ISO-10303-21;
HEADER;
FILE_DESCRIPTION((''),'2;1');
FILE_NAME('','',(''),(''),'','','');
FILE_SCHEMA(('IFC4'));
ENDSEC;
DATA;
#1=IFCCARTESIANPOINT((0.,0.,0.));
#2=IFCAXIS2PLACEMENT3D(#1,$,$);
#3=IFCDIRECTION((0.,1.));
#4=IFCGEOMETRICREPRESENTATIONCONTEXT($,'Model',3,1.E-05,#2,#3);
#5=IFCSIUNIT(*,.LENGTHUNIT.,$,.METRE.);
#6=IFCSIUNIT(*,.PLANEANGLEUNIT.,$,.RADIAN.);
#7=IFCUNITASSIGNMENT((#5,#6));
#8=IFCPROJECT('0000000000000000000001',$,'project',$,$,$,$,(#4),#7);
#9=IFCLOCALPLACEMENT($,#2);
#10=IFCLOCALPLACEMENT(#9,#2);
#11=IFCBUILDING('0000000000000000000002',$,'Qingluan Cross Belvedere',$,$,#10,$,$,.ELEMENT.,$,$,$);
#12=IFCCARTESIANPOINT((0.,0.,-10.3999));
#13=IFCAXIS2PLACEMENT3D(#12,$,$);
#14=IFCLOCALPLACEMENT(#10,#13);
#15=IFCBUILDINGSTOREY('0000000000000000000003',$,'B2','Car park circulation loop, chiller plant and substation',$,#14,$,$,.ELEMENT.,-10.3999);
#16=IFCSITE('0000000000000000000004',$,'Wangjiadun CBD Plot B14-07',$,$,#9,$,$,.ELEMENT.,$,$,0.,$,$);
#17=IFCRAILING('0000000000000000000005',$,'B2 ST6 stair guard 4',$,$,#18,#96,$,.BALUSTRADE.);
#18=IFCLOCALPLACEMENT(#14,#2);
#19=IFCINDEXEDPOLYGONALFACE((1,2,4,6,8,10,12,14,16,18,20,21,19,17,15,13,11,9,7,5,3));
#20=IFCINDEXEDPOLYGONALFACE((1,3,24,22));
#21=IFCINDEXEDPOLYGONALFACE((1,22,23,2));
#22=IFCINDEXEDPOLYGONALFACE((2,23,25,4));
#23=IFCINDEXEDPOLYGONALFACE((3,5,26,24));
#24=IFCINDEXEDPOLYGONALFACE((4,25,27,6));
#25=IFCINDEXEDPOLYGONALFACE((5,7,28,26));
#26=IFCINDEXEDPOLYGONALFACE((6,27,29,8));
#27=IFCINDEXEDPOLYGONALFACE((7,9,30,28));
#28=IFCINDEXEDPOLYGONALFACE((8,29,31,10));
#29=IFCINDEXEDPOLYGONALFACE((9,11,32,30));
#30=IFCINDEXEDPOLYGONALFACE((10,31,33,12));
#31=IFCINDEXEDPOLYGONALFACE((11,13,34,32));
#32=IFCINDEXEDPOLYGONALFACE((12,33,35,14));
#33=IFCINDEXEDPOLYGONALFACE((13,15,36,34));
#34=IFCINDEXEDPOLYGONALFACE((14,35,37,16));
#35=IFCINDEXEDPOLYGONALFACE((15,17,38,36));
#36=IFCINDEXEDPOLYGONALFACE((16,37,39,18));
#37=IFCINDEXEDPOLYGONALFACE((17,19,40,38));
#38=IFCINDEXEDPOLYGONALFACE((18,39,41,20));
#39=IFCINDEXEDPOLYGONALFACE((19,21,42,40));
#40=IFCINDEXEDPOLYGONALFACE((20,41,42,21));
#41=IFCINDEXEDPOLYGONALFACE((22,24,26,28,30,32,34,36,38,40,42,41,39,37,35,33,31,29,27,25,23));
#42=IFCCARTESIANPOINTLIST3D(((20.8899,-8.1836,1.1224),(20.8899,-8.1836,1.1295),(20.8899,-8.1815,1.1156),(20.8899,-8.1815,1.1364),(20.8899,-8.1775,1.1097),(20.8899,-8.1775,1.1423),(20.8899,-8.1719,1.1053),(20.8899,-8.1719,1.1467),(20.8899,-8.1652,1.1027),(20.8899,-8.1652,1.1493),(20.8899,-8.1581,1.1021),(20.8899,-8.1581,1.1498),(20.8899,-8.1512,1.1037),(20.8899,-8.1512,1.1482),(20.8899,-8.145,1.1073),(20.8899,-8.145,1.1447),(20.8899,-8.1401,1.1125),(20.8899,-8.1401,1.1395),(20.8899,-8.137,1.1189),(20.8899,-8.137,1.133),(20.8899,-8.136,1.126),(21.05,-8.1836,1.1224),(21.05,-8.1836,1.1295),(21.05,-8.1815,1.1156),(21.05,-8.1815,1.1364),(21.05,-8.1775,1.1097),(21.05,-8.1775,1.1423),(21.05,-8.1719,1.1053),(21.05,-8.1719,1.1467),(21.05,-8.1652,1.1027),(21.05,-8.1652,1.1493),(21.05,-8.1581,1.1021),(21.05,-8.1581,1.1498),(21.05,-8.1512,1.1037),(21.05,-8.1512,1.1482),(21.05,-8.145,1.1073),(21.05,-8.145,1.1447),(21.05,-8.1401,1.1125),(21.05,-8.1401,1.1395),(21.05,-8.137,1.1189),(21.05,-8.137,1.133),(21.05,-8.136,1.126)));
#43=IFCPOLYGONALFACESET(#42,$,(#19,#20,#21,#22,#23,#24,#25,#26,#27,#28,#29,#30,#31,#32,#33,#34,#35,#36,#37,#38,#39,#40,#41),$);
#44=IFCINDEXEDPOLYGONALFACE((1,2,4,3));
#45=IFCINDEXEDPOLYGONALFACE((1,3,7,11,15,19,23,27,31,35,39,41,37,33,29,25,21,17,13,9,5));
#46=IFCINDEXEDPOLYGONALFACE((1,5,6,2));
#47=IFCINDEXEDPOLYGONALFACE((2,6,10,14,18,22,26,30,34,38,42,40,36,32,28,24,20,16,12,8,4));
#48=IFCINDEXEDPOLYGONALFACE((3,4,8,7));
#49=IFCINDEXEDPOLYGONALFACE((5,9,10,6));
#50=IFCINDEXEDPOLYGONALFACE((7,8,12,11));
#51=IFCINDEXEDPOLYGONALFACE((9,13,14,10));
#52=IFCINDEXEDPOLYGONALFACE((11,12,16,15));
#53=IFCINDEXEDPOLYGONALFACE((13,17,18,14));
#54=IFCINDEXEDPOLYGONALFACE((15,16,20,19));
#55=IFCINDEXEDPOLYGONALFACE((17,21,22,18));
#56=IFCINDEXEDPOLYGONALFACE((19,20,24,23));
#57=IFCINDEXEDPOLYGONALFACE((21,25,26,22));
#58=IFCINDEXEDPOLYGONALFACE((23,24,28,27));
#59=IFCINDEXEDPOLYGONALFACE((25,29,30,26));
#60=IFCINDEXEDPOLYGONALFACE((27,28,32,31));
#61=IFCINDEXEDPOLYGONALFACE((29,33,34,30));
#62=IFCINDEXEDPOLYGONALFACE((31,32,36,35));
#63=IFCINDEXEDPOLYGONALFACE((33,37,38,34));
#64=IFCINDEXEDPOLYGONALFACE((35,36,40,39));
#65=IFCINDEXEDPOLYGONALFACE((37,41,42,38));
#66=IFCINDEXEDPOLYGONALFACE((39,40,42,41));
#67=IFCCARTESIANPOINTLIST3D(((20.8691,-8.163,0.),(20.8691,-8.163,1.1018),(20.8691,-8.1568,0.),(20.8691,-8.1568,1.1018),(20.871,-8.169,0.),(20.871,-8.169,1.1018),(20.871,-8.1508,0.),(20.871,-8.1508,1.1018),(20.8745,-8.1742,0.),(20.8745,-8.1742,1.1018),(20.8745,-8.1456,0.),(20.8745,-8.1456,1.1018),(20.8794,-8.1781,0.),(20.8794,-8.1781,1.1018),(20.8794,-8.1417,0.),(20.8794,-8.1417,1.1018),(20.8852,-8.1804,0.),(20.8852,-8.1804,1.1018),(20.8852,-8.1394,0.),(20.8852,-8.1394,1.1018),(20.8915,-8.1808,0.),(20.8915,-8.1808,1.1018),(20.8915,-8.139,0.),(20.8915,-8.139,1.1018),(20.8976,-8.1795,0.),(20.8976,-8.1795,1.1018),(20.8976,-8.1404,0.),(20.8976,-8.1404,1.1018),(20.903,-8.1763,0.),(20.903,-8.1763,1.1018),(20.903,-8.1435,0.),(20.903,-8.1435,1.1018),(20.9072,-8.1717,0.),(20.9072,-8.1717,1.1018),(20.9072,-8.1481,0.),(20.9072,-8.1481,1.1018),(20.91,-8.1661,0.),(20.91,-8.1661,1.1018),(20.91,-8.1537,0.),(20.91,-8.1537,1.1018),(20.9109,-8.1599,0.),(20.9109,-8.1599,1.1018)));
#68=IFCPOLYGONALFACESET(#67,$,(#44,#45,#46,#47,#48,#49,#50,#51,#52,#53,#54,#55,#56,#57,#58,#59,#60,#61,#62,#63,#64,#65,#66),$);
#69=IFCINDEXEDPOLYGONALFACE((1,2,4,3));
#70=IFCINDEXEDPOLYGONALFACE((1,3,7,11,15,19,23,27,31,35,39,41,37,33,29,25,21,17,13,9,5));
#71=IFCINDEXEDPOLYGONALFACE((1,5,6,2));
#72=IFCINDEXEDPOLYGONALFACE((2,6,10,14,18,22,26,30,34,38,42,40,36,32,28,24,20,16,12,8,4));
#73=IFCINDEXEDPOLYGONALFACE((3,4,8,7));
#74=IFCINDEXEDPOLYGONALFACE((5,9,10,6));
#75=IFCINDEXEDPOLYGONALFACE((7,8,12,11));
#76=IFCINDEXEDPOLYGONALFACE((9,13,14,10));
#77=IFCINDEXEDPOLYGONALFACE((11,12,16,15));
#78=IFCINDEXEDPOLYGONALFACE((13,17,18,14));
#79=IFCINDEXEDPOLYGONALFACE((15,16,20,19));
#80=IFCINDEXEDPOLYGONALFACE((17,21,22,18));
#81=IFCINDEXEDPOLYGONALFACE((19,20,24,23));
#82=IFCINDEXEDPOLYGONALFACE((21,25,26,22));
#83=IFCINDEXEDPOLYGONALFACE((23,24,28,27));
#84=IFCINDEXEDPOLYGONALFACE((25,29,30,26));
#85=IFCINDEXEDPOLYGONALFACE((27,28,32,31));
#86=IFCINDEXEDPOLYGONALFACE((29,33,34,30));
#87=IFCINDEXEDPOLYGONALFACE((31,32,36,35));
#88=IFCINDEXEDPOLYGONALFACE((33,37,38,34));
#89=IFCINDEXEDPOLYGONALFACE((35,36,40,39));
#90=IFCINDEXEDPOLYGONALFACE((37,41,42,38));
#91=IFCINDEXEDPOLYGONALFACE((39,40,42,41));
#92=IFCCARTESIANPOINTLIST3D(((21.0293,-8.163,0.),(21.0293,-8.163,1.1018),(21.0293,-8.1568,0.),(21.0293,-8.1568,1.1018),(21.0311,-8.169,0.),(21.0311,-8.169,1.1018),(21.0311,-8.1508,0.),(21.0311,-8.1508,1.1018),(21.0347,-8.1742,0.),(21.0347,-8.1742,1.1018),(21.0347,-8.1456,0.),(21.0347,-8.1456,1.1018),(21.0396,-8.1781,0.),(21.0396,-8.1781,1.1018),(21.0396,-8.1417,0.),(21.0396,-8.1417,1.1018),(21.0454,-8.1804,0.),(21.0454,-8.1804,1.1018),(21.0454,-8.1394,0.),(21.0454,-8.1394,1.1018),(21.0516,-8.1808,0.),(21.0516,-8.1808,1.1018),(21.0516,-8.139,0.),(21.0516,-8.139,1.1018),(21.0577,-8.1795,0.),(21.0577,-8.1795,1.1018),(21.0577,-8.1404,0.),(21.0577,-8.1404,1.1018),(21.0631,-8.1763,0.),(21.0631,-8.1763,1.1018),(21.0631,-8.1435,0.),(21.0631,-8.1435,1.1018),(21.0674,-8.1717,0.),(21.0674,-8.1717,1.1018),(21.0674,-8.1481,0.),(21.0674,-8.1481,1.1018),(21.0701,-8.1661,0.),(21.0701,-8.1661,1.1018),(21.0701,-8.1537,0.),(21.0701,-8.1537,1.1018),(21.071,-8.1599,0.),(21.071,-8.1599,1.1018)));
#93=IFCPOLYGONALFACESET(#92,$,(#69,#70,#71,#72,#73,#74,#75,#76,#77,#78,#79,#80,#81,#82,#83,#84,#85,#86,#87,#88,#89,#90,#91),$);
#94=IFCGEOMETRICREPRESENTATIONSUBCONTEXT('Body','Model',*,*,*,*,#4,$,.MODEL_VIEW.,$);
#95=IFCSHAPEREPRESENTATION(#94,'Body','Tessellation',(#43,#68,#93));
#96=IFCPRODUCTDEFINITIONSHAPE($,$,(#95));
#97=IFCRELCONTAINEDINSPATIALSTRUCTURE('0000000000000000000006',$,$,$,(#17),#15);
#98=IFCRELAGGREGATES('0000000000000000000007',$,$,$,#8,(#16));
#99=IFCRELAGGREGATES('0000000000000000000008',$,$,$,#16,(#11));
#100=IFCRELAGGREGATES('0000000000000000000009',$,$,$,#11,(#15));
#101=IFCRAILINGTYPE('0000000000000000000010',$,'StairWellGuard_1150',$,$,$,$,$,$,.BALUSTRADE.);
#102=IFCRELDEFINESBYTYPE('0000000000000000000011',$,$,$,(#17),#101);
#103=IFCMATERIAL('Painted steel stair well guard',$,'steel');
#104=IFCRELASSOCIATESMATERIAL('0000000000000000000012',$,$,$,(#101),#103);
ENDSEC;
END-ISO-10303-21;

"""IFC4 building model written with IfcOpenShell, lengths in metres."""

from ifc_helpers import new_model, si_unit, direction, frame, origin, origin_2d, place, context, subcontext, project, spatial, circle, extrude, material, type_object, element, save


model = new_model("IFC4")

# Units and contexts
model_context = context("Model", 3, precision=1e-05, world=origin(), true_north=direction((0.0, 1.0)))
body_context = subcontext(model_context, "Body", "Model", "MODEL_VIEW")
ifc_project = project(units=[si_unit("LENGTHUNIT", "METRE"), si_unit("PLANEANGLEUNIT", "RADIAN")], contexts=[model_context])

# Site, building, storey
site_placement = place(None, origin())
site = spatial("IfcSite", under=ifc_project, at=site_placement, Name="Wangjiadun CBD Plot B14-07", CompositionType="ELEMENT", RefElevation=0.0)
building_placement = place(site_placement, origin())
building = spatial("IfcBuilding", under=site, at=building_placement, Name="Qingluan Cross Belvedere", CompositionType="ELEMENT")
storey_placement = place(building_placement, frame((0.0, 0.0, -10.3999)))
storey = spatial("IfcBuildingStorey", under=building, at=storey_placement, Name="B2", Description="Car park circulation loop, chiller plant and substation", CompositionType="ELEMENT", Elevation=-10.3999)

# Railing
ifc_material_1 = material(Name="Painted steel stair well guard", Category="steel")
railing_type_1 = type_object("IfcRailingType", Name="StairWellGuard_1150", PredefinedType="BALUSTRADE", material=ifc_material_1)
railing_1_placement = place(storey_placement, frame((20.8899, -8.1599, 0.0)))
element("IfcRailing", 1, at=railing_1_placement, inside=storey, type_object=railing_type_1, Name="B2 ST6 stair guard 4", PredefinedType="BALUSTRADE", context=body_context, shape_type="SweptSolid", body=[
    extrude(circle(Radius=0.0239, at=origin_2d()), frame((0.0, 0.0, 1.126), z_axis=(1.0, 0.0, 0.0), x_axis=(0.0, 1.0, 0.0)), (0.0, 0.0, 1.0), 0.1602),
    extrude(circle(Radius=0.021, at=origin_2d()), origin(), (0.0, 0.0, 1.0), 1.1018),
    extrude(circle(Radius=0.021, at=origin_2d()), frame((0.1602, 0.0, 0.0)), (0.0, 0.0, 1.0), 1.1018),
])

save(model, "model.ifc")
